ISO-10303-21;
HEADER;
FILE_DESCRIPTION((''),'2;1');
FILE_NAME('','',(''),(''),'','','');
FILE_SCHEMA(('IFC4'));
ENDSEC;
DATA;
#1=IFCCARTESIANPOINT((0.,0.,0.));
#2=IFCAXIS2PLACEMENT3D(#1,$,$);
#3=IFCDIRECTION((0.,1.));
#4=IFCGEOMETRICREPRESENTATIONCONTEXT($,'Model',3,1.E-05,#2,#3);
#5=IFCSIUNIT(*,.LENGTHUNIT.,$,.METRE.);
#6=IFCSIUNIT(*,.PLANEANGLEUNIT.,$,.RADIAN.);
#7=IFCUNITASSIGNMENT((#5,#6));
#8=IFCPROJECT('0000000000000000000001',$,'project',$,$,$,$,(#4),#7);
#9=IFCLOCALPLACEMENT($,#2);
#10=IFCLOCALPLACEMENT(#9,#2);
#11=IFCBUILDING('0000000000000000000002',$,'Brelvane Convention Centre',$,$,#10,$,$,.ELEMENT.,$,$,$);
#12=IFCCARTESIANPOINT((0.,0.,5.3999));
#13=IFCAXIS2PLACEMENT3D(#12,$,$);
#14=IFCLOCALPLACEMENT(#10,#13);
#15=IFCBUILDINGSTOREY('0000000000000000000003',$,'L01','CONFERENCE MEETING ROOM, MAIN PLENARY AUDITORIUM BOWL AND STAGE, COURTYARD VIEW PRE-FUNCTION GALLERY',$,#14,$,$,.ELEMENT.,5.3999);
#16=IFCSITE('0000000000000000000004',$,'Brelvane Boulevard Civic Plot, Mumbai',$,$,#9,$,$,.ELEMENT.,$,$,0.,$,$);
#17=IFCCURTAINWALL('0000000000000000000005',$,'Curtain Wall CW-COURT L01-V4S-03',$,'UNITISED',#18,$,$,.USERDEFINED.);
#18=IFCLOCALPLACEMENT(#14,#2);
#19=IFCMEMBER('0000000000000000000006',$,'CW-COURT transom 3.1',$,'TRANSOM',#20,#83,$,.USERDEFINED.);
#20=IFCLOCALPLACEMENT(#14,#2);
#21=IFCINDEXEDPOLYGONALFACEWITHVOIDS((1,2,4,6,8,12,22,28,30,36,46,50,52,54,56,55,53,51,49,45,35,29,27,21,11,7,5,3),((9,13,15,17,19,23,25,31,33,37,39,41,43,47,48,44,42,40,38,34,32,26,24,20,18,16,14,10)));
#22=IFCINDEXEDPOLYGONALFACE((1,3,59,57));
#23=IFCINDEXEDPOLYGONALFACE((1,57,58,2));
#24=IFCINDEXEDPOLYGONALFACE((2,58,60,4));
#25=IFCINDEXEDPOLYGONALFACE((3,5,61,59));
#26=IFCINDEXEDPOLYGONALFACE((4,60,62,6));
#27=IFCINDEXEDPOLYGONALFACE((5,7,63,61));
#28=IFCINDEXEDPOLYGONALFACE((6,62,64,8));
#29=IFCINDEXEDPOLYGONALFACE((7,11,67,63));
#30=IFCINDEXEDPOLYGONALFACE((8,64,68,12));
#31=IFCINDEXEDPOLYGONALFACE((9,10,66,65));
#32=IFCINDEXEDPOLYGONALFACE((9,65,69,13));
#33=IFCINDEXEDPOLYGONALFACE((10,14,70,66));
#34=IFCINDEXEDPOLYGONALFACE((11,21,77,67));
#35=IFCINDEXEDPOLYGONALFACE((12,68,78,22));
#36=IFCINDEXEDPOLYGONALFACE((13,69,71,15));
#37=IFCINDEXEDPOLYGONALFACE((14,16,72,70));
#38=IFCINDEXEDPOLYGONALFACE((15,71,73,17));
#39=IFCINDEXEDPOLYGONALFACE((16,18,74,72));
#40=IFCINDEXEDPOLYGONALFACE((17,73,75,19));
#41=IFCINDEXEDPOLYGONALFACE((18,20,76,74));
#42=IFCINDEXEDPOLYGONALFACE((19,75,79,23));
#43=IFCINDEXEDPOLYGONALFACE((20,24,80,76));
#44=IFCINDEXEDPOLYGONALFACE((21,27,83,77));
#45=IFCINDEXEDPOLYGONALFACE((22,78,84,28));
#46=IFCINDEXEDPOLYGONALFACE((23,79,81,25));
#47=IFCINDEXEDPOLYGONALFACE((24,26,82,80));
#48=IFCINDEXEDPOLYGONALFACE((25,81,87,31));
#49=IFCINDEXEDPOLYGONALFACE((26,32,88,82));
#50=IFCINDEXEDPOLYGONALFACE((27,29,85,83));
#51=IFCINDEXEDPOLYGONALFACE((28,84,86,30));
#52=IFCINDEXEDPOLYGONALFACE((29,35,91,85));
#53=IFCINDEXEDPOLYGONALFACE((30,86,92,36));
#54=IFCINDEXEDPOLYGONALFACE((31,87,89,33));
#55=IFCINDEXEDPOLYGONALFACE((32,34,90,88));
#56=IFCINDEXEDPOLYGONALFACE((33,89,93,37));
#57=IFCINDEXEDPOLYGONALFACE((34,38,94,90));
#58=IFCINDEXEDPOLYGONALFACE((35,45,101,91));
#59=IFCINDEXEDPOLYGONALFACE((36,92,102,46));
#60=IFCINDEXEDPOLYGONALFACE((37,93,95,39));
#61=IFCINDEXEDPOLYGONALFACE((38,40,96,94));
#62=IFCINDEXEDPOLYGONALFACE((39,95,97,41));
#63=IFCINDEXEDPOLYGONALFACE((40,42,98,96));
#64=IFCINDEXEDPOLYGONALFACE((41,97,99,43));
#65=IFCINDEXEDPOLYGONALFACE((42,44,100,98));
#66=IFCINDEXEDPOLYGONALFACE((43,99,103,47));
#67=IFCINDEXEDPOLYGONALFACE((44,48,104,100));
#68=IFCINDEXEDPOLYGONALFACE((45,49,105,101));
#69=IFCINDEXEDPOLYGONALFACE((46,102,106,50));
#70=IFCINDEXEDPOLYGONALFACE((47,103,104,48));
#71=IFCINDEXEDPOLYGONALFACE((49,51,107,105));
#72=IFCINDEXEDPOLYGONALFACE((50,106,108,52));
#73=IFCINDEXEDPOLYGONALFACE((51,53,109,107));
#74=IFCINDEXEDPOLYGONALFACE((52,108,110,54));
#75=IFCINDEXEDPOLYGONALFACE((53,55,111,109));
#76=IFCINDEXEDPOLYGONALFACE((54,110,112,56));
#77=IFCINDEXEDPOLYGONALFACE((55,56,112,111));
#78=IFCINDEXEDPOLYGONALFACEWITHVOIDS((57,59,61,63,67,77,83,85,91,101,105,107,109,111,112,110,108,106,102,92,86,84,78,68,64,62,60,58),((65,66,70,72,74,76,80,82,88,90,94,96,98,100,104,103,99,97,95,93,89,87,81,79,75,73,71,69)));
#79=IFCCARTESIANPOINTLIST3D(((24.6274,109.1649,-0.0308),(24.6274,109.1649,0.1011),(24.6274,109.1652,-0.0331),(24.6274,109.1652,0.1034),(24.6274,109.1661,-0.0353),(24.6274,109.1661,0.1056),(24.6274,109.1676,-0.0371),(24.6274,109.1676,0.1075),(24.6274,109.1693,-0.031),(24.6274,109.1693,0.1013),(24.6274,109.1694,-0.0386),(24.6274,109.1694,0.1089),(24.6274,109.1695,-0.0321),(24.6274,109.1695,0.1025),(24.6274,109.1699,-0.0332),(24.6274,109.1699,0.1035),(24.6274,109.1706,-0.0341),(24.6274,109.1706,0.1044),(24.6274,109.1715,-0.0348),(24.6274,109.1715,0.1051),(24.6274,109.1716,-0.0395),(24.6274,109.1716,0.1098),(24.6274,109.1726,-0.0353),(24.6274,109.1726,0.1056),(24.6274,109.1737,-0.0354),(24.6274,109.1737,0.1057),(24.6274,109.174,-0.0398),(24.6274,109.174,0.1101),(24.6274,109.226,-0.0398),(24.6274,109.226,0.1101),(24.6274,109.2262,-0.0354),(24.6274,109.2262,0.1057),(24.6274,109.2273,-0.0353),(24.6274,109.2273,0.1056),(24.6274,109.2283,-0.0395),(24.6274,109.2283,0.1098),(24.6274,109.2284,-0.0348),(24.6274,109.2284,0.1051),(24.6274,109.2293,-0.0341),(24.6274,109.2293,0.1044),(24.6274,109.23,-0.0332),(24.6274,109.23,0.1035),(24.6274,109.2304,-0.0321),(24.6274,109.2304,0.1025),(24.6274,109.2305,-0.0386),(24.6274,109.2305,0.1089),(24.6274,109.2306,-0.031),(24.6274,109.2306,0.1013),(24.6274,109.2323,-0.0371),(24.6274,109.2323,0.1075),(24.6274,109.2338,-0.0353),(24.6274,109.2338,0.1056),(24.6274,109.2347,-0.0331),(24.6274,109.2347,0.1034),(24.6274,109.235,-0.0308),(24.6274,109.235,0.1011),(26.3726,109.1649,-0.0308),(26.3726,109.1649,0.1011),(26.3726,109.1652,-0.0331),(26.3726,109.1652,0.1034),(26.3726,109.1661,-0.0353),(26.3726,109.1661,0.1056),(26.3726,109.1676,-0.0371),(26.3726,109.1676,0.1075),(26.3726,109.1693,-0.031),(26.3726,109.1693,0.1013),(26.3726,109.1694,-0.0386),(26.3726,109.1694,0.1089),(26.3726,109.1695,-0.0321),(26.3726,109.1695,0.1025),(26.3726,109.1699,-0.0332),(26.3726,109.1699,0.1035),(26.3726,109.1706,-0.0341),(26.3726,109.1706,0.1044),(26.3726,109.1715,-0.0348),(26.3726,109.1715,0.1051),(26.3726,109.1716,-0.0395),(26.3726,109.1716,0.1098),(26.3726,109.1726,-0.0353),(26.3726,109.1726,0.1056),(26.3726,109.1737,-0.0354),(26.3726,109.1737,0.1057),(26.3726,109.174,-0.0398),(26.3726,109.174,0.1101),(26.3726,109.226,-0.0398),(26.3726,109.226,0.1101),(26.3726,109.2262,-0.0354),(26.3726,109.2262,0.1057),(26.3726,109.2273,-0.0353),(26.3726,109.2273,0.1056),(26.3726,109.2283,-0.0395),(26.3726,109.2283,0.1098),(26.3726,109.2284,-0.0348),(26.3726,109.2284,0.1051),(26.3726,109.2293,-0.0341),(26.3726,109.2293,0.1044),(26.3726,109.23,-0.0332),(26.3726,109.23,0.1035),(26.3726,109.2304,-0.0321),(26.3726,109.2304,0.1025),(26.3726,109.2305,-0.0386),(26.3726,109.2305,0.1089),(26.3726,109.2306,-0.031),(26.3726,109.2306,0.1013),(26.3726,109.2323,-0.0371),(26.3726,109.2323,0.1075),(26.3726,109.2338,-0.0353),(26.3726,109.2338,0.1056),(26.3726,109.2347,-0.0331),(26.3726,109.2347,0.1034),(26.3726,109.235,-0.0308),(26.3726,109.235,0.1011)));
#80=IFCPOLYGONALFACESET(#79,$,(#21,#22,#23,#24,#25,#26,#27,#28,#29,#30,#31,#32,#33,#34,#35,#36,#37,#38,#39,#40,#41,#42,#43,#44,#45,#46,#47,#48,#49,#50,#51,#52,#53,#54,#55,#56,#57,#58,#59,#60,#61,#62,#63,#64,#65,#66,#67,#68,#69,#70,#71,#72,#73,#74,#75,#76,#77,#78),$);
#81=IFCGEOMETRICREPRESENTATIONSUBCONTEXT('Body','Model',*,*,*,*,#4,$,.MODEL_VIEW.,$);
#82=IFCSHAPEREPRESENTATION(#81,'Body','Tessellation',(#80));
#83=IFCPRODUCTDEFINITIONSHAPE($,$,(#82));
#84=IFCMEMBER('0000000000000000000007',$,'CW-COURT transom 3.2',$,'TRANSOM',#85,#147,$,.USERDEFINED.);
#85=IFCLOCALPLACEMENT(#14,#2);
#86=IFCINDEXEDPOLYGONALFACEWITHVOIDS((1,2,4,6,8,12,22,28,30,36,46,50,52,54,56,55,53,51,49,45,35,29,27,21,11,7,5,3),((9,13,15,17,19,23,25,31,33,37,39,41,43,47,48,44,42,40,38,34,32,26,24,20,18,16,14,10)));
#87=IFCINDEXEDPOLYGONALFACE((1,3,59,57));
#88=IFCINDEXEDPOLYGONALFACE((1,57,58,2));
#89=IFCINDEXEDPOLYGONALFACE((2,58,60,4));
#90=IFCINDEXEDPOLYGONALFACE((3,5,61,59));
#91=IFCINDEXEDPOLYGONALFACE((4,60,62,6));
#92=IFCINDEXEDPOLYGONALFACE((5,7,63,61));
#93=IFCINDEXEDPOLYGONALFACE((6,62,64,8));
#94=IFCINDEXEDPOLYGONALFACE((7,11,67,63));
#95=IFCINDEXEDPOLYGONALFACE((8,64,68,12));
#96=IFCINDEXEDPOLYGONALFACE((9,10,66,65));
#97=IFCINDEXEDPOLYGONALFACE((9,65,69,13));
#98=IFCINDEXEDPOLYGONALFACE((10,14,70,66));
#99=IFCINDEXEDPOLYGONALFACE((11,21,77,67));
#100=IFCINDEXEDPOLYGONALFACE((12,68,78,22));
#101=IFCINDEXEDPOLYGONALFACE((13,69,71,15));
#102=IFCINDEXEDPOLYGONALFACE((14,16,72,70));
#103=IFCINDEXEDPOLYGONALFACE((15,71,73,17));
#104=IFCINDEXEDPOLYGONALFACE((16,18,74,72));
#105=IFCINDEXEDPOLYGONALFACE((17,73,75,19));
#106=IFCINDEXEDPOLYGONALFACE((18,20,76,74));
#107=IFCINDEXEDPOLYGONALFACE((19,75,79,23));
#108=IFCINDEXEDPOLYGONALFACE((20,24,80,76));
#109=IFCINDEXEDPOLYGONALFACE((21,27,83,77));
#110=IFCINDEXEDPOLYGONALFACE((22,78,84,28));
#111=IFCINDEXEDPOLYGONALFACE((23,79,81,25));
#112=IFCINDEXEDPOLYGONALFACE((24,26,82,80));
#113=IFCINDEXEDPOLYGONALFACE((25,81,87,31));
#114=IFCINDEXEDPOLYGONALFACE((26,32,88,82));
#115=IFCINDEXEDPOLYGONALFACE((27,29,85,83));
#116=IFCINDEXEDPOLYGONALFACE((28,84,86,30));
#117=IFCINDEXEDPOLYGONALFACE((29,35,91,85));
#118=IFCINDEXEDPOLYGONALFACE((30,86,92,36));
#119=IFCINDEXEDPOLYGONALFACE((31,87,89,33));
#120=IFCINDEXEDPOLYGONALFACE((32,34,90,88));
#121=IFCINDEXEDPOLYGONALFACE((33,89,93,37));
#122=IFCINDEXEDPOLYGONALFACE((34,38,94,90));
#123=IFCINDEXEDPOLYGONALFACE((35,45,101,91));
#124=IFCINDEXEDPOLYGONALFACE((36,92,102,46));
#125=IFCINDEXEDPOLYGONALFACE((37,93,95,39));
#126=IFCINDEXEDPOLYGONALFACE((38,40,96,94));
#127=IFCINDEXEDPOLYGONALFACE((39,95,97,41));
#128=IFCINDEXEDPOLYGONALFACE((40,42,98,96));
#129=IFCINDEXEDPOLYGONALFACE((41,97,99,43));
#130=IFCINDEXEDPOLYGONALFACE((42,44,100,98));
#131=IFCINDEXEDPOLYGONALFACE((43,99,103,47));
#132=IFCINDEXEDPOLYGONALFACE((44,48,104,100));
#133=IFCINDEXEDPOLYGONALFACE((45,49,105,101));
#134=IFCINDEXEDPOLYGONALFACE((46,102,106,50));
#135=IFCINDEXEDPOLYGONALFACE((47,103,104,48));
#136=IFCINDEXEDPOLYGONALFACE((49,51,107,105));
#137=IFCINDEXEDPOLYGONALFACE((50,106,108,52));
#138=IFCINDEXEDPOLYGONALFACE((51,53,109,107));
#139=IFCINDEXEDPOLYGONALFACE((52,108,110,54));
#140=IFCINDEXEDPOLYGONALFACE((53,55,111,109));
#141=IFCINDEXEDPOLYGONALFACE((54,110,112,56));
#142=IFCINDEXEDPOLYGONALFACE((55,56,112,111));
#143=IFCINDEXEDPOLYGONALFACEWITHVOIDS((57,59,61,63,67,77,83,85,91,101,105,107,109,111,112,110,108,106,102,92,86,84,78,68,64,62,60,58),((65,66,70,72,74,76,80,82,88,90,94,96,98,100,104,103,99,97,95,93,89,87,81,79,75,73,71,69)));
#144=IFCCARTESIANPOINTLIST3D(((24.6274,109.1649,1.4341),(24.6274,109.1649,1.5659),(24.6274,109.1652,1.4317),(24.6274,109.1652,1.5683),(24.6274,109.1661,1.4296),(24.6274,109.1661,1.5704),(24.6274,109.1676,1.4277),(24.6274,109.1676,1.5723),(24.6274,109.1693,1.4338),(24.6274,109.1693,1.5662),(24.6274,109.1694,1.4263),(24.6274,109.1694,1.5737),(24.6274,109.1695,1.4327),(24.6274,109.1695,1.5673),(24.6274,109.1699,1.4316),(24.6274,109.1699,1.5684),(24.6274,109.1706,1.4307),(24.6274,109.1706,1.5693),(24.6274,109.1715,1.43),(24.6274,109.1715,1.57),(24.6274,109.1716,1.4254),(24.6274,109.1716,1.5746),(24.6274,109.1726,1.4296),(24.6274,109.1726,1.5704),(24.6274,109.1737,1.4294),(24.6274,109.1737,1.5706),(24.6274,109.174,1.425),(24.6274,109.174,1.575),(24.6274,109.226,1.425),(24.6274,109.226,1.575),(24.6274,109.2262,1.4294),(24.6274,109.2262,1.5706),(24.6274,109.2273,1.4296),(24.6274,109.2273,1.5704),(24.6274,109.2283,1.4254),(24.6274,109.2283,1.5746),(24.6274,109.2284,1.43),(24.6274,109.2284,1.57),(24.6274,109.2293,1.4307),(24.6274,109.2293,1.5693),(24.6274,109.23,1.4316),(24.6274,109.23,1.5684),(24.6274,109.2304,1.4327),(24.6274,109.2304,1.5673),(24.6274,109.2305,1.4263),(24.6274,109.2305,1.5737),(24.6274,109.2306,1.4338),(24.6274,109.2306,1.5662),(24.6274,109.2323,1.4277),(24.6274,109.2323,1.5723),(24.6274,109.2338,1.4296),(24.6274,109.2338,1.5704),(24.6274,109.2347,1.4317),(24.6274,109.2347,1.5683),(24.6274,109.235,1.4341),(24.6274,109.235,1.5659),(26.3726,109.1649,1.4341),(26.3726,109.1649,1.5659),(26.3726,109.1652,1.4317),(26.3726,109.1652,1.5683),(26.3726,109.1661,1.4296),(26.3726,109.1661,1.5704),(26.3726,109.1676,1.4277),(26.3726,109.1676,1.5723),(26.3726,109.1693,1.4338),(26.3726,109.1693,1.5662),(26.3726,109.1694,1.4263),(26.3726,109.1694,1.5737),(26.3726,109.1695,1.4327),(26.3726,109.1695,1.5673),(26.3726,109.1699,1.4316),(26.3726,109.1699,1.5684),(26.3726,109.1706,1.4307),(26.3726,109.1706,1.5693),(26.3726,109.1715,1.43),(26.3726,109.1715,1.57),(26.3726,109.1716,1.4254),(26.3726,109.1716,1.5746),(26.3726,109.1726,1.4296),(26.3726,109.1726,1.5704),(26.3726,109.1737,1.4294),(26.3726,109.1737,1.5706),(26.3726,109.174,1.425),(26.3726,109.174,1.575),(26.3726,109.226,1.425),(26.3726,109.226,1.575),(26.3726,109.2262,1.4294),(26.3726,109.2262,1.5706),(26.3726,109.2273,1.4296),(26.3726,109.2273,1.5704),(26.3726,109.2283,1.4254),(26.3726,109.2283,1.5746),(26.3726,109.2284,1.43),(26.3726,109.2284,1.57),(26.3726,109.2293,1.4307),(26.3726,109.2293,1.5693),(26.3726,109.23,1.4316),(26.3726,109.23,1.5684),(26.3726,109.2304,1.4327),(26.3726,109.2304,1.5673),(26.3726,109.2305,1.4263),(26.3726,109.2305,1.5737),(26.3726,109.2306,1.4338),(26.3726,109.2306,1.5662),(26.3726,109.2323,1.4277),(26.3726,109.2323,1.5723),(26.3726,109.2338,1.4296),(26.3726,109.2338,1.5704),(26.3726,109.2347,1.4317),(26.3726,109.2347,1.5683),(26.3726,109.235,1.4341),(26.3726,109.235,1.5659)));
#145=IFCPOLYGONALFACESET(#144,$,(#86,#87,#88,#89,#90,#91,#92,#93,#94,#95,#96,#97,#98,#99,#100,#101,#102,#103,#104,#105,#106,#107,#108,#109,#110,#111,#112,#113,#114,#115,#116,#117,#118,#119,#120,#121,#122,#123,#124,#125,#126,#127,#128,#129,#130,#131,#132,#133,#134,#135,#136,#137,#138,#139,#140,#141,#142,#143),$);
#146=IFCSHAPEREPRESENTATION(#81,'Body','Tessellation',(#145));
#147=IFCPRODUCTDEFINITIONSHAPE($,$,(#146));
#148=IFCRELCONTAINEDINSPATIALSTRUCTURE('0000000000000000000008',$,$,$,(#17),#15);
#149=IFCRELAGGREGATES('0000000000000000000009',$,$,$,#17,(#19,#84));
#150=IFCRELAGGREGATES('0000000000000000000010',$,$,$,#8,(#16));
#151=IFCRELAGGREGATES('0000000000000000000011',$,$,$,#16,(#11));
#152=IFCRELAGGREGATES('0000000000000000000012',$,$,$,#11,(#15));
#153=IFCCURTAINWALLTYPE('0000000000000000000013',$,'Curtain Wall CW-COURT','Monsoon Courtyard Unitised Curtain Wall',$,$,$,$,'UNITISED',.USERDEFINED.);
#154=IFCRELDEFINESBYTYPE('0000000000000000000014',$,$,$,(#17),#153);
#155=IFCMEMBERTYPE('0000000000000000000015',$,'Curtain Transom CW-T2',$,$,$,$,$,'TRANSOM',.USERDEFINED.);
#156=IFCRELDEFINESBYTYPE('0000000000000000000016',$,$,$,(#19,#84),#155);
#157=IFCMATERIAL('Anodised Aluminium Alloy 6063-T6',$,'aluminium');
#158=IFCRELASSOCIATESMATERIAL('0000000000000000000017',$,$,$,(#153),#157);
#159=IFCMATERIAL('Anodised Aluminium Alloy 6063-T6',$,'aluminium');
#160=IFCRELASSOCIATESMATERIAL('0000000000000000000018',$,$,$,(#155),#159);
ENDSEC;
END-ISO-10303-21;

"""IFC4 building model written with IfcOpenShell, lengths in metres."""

from ifc_helpers import new_model, si_unit, direction, frame, origin, origin_2d, place, context, subcontext, project, spatial, hollow_rectangle, extrude, material, material_profile, profile_set, type_object, element, aggregate, save


model = new_model("IFC4")

# Units and contexts
model_context = context("Model", 3, precision=1e-05, world=origin(), true_north=direction((0.0, 1.0)))
body_context = subcontext(model_context, "Body", "Model", "MODEL_VIEW")
ifc_project = project(units=[si_unit("LENGTHUNIT", "METRE"), si_unit("PLANEANGLEUNIT", "RADIAN")], contexts=[model_context])

# Site, building, storey
site_placement = place(None, origin())
site = spatial("IfcSite", under=ifc_project, at=site_placement, Name="Brelvane Boulevard Civic Plot, Mumbai", CompositionType="ELEMENT", RefElevation=0.0)
building_placement = place(site_placement, origin())
building = spatial("IfcBuilding", under=site, at=building_placement, Name="Brelvane Convention Centre", CompositionType="ELEMENT")
storey_placement = place(building_placement, frame((0.0, 0.0, 5.3999)))
storey = spatial("IfcBuildingStorey", under=building, at=storey_placement, Name="L01", Description="CONFERENCE MEETING ROOM, MAIN PLENARY AUDITORIUM BOWL AND STAGE, COURTYARD VIEW PRE-FUNCTION GALLERY", CompositionType="ELEMENT", Elevation=5.3999)

# Curtain wall, members
ifc_material_1 = material(Name="Anodised Aluminium Alloy 6063-T6", Category="aluminium")
curtain_wall_type = type_object("IfcCurtainWallType", Name="Curtain Wall CW-COURT", Description="Monsoon Courtyard Unitised Curtain Wall", ElementType="UNITISED", PredefinedType="USERDEFINED", material=ifc_material_1)
curtain_wall_placement = place(storey_placement, origin())
curtain_wall = element("IfcCurtainWall", 1, at=curtain_wall_placement, inside=storey, type_object=curtain_wall_type, Name="Curtain Wall CW-COURT L01-V4S-03", ObjectType="UNITISED", PredefinedType="USERDEFINED")
ifc_material_2 = material(Name="Anodised Aluminium Alloy 6063-T6", Category="aluminium")
ifc_material_profile_1 = material_profile(ifc_material_2, hollow_rectangle(XDim=0.0701, YDim=0.1499, WallThickness=0.0044, InnerFilletRadius=0.0044, OuterFilletRadius=0.009, at=origin_2d()), Name="ALU-T 150x70x4.5")
ifc_profile_set_1 = profile_set([ifc_material_profile_1], Name="Anodised Aluminium Alloy 6063-T6")
member_type_1 = type_object("IfcMemberType", Name="Curtain Transom CW-T2", ElementType="TRANSOM", PredefinedType="USERDEFINED", material=ifc_profile_set_1)
member_1_placement = place(storey_placement, frame((24.6274, 109.2, 0.0352), z_axis=(1.0, 0.0, 0.0), x_axis=(0.0, 1.0, 0.0)))
member_1 = element("IfcMember", 2, at=member_1_placement, type_object=member_type_1, Name="CW-COURT transom 3.1", ObjectType="TRANSOM", PredefinedType="USERDEFINED", context=body_context, shape_type="SweptSolid", body=[
    extrude(hollow_rectangle(XDim=0.0701, YDim=0.1499, WallThickness=0.0044, InnerFilletRadius=0.0044, OuterFilletRadius=0.009, at=origin_2d()), origin(), (0.0, 0.0, 1.0), 1.7451),
])
member_2_placement = place(storey_placement, frame((24.6274, 109.2, 1.5), z_axis=(1.0, 0.0, 0.0), x_axis=(0.0, 1.0, 0.0)))
member_2 = element("IfcMember", 3, at=member_2_placement, type_object=member_type_1, Name="CW-COURT transom 3.2", ObjectType="TRANSOM", PredefinedType="USERDEFINED", context=body_context, shape_type="SweptSolid", body=[
    extrude(hollow_rectangle(XDim=0.0701, YDim=0.1499, WallThickness=0.0044, InnerFilletRadius=0.0044, OuterFilletRadius=0.009, at=origin_2d()), origin(), (0.0, 0.0, 1.0), 1.7451),
])

aggregate(curtain_wall, [member_1, member_2])

save(model, "model.ifc")
